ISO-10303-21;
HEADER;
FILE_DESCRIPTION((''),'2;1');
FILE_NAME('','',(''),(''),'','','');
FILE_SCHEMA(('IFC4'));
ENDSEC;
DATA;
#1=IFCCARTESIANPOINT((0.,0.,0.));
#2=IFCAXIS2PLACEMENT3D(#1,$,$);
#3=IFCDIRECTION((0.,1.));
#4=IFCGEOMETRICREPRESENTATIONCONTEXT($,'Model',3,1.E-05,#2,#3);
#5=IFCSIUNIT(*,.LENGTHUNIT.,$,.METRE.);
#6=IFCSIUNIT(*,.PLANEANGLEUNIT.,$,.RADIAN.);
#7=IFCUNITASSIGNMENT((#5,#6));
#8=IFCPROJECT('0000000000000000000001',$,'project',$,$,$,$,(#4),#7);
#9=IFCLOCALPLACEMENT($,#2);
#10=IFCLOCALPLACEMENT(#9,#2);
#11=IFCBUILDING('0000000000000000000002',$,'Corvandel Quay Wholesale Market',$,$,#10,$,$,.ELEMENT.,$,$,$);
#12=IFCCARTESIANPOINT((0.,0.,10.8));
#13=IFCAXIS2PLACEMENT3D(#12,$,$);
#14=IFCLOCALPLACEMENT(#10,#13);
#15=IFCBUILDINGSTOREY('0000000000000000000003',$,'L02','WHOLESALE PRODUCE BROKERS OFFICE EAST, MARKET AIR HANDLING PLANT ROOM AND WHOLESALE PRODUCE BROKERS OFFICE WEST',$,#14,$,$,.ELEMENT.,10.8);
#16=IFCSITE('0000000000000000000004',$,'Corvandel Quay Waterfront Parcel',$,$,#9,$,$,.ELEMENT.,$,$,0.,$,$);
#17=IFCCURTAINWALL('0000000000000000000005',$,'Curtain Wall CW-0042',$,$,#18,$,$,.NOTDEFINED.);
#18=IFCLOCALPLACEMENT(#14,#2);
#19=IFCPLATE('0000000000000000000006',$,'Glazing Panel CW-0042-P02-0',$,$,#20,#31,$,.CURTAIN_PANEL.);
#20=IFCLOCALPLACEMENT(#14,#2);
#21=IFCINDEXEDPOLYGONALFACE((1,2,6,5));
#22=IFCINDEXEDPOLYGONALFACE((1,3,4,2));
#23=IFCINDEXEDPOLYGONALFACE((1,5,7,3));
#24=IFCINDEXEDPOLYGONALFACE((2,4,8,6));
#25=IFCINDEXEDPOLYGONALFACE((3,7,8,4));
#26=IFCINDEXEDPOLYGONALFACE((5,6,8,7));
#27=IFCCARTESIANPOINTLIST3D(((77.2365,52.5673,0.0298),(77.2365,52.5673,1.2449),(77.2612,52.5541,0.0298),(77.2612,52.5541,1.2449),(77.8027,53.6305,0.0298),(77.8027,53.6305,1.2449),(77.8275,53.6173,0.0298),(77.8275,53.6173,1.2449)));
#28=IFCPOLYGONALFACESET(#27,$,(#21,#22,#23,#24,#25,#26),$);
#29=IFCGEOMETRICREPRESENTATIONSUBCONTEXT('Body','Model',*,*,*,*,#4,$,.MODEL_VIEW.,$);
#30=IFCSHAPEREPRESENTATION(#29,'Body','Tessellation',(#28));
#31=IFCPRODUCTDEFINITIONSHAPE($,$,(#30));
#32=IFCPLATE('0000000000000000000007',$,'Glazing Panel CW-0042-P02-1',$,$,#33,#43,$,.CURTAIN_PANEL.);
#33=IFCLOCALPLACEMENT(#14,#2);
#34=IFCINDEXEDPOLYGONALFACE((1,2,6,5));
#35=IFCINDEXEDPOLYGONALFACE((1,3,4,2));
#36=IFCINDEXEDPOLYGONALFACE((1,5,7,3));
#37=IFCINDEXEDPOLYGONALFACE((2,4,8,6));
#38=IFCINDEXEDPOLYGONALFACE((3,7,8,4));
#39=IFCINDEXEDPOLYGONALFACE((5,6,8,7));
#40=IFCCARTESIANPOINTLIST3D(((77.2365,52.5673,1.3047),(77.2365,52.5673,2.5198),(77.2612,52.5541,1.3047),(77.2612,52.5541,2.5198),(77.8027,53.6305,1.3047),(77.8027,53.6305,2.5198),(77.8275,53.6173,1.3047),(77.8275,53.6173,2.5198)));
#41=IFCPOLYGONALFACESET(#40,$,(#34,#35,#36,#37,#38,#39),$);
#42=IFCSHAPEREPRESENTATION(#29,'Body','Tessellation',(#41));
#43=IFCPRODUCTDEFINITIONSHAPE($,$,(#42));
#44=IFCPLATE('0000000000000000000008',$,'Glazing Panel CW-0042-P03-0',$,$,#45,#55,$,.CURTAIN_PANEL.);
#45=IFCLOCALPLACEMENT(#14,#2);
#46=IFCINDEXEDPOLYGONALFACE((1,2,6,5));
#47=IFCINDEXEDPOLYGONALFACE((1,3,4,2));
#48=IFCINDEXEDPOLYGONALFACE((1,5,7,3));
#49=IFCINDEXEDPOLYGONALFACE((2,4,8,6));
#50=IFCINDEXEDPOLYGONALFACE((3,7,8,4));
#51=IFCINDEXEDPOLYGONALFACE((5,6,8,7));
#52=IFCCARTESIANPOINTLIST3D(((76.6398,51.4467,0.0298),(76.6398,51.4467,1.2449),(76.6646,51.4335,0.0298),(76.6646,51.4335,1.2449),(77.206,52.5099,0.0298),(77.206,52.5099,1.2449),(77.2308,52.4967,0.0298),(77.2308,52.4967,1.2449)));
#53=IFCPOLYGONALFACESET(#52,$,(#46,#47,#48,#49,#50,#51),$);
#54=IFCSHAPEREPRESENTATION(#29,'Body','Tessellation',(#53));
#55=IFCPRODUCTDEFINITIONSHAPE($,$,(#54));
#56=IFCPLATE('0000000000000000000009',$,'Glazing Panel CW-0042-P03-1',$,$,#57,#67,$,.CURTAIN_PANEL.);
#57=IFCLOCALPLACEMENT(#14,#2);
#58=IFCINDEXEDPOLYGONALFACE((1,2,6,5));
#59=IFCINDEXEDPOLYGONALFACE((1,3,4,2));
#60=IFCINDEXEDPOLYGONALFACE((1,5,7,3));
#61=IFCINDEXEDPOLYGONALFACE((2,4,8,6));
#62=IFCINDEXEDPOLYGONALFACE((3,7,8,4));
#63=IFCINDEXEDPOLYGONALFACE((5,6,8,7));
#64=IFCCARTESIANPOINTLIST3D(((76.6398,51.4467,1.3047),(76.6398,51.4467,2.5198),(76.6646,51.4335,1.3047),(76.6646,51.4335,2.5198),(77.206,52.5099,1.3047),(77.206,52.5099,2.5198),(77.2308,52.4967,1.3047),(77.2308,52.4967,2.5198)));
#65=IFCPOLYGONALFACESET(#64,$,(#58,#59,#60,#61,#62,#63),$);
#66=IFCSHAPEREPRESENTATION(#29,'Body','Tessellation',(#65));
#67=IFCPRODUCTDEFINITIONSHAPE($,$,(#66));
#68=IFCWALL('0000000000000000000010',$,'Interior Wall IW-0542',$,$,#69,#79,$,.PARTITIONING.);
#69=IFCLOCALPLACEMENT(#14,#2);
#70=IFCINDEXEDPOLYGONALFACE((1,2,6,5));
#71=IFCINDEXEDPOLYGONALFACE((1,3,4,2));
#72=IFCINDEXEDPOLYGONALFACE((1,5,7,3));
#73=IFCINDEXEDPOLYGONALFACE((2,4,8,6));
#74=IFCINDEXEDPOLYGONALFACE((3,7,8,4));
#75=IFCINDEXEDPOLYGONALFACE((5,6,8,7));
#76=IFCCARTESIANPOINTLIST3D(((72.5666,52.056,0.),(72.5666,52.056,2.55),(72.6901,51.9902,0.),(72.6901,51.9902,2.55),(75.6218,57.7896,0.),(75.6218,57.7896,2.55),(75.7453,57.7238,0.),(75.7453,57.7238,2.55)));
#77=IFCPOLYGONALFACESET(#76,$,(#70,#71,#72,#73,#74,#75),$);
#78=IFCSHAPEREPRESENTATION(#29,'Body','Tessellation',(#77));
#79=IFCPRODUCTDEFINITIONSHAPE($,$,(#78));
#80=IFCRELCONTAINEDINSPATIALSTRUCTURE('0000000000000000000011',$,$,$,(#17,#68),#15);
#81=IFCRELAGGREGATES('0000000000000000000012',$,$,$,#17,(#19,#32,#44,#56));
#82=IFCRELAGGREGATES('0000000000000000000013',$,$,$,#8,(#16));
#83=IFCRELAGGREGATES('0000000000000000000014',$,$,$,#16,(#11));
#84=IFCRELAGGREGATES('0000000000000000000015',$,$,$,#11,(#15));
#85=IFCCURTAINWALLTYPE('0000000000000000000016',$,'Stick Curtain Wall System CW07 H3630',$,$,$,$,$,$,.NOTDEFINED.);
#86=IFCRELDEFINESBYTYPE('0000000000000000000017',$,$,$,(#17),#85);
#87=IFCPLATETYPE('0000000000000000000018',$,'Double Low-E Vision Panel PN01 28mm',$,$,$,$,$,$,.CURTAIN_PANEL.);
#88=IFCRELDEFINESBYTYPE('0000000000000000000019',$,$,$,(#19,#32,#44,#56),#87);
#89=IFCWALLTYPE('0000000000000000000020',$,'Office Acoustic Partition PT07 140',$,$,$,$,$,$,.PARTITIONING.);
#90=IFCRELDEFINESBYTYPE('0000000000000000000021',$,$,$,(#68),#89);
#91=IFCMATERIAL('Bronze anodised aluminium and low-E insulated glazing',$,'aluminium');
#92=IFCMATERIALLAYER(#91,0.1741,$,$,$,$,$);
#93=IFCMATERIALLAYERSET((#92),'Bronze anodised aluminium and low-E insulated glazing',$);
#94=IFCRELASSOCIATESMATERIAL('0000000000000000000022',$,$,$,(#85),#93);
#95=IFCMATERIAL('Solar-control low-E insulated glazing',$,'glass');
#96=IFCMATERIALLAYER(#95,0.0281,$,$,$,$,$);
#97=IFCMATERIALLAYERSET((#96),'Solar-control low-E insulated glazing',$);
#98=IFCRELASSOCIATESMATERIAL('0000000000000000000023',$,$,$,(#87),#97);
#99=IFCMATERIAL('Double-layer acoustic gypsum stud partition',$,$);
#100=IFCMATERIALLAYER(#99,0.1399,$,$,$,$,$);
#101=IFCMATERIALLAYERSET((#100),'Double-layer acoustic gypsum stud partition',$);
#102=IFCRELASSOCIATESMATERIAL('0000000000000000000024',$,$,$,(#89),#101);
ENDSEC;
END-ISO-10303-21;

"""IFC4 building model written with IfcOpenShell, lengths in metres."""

from ifc_helpers import new_model, si_unit, direction, frame, frame_2d, origin, origin_2d, place, context, subcontext, project, spatial, rectangle, extrude, material, layer, layer_set, type_object, element, aggregate, save


model = new_model("IFC4")

# Units and contexts
model_context = context("Model", 3, precision=1e-05, world=origin(), true_north=direction((0.0, 1.0)))
body_context = subcontext(model_context, "Body", "Model", "MODEL_VIEW")
ifc_project = project(units=[si_unit("LENGTHUNIT", "METRE"), si_unit("PLANEANGLEUNIT", "RADIAN")], contexts=[model_context])

# Site, building, storey
site_placement = place(None, origin())
site = spatial("IfcSite", under=ifc_project, at=site_placement, Name="Corvandel Quay Waterfront Parcel", CompositionType="ELEMENT", RefElevation=0.0)
building_placement = place(site_placement, origin())
building = spatial("IfcBuilding", under=site, at=building_placement, Name="Corvandel Quay Wholesale Market", CompositionType="ELEMENT")
storey_placement = place(building_placement, frame((0.0, 0.0, 10.8)))
storey = spatial("IfcBuildingStorey", under=building, at=storey_placement, Name="L02", Description="WHOLESALE PRODUCE BROKERS OFFICE EAST, MARKET AIR HANDLING PLANT ROOM AND WHOLESALE PRODUCE BROKERS OFFICE WEST", CompositionType="ELEMENT", Elevation=10.8)

# Shared definitions
ifc_material_1 = material(Name="Bronze anodised aluminium and low-E insulated glazing", Category="aluminium")

# Curtain wall
ifc_layer_1 = layer(ifc_material_1, 0.1741)
ifc_layer_set_1 = layer_set([ifc_layer_1], Name="Bronze anodised aluminium and low-E insulated glazing")
curtain_wall_type_1 = type_object("IfcCurtainWallType", Name="Stick Curtain Wall System CW07 H3630", PredefinedType="NOTDEFINED", material=ifc_layer_set_1)
curtain_wall_1_placement = place(storey_placement, origin())
curtain_wall_1 = element("IfcCurtainWall", 1, at=curtain_wall_1_placement, inside=storey, type_object=curtain_wall_type_1, Name="Curtain Wall CW-0042", PredefinedType="NOTDEFINED")

# Plates
ifc_material_2 = material(Name="Solar-control low-E insulated glazing", Category="glass")
ifc_layer_2 = layer(ifc_material_2, 0.0281)
ifc_layer_set_2 = layer_set([ifc_layer_2], Name="Solar-control low-E insulated glazing")
plate_type = type_object("IfcPlateType", Name="Double Low-E Vision Panel PN01 28mm", PredefinedType="CURTAIN_PANEL", material=ifc_layer_set_2)
plate_1_placement = place(storey_placement, frame((77.532, 53.0923, 0.0298), z_axis=(0.0, 0.0, 1.0), x_axis=(0.470088, 0.88262, 0.0)))
plate_1 = element("IfcPlate", 2, at=plate_1_placement, type_object=plate_type, Name="Glazing Panel CW-0042-P02-0", PredefinedType="CURTAIN_PANEL", context=body_context, shape_type="SweptSolid", body=[
    extrude(rectangle(XDim=1.2046, YDim=0.0281, at=origin_2d()), origin(), (0.0, 0.0, 1.0), 1.2151),
])
plate_2_placement = place(storey_placement, frame((77.532, 53.0923, 1.3047), z_axis=(0.0, 0.0, 1.0), x_axis=(0.470088, 0.88262, 0.0)))
plate_2 = element("IfcPlate", 3, at=plate_2_placement, type_object=plate_type, Name="Glazing Panel CW-0042-P02-1", PredefinedType="CURTAIN_PANEL", context=body_context, shape_type="SweptSolid", body=[
    extrude(rectangle(XDim=1.2046, YDim=0.0281, at=origin_2d()), origin(), (0.0, 0.0, 1.0), 1.2151),
])
plate_3_placement = place(storey_placement, frame((76.9353, 51.9717, 0.0298), z_axis=(0.0, 0.0, 1.0), x_axis=(0.470088, 0.88262, 0.0)))
plate_3 = element("IfcPlate", 4, at=plate_3_placement, type_object=plate_type, Name="Glazing Panel CW-0042-P03-0", PredefinedType="CURTAIN_PANEL", context=body_context, shape_type="SweptSolid", body=[
    extrude(rectangle(XDim=1.2046, YDim=0.0281, at=origin_2d()), origin(), (0.0, 0.0, 1.0), 1.2151),
])
plate_4_placement = place(storey_placement, frame((76.9353, 51.9717, 1.3047), z_axis=(0.0, 0.0, 1.0), x_axis=(0.470088, 0.88262, 0.0)))
plate_4 = element("IfcPlate", 5, at=plate_4_placement, type_object=plate_type, Name="Glazing Panel CW-0042-P03-1", PredefinedType="CURTAIN_PANEL", context=body_context, shape_type="SweptSolid", body=[
    extrude(rectangle(XDim=1.2046, YDim=0.0281, at=origin_2d()), origin(), (0.0, 0.0, 1.0), 1.2151),
])
aggregate(curtain_wall_1, [plate_1, plate_2, plate_3, plate_4])

# Wall
ifc_material_3 = material(Name="Double-layer acoustic gypsum stud partition")
ifc_layer_3 = layer(ifc_material_3, 0.1399)
ifc_layer_set_3 = layer_set([ifc_layer_3], Name="Double-layer acoustic gypsum stud partition")
wall_type = type_object("IfcWallType", Name="Office Acoustic Partition PT07 140", PredefinedType="PARTITIONING", material=ifc_layer_set_3)
wall_placement = place(storey_placement, frame((75.6836, 57.7568, 0.0), z_axis=(0.0, 0.0, 1.0), x_axis=(-0.470257, -0.88253, 0.0)))
element("IfcWall", 6, at=wall_placement, inside=storey, type_object=wall_type, Name="Interior Wall IW-0542", PredefinedType="PARTITIONING", context=body_context, shape_type="SweptSolid", body=[
    extrude(rectangle(XDim=6.4968, YDim=0.1399, at=frame_2d((3.2485, 0.0))), origin(), (0.0, 0.0, 1.0), 2.55),
])

save(model, "model.ifc")
